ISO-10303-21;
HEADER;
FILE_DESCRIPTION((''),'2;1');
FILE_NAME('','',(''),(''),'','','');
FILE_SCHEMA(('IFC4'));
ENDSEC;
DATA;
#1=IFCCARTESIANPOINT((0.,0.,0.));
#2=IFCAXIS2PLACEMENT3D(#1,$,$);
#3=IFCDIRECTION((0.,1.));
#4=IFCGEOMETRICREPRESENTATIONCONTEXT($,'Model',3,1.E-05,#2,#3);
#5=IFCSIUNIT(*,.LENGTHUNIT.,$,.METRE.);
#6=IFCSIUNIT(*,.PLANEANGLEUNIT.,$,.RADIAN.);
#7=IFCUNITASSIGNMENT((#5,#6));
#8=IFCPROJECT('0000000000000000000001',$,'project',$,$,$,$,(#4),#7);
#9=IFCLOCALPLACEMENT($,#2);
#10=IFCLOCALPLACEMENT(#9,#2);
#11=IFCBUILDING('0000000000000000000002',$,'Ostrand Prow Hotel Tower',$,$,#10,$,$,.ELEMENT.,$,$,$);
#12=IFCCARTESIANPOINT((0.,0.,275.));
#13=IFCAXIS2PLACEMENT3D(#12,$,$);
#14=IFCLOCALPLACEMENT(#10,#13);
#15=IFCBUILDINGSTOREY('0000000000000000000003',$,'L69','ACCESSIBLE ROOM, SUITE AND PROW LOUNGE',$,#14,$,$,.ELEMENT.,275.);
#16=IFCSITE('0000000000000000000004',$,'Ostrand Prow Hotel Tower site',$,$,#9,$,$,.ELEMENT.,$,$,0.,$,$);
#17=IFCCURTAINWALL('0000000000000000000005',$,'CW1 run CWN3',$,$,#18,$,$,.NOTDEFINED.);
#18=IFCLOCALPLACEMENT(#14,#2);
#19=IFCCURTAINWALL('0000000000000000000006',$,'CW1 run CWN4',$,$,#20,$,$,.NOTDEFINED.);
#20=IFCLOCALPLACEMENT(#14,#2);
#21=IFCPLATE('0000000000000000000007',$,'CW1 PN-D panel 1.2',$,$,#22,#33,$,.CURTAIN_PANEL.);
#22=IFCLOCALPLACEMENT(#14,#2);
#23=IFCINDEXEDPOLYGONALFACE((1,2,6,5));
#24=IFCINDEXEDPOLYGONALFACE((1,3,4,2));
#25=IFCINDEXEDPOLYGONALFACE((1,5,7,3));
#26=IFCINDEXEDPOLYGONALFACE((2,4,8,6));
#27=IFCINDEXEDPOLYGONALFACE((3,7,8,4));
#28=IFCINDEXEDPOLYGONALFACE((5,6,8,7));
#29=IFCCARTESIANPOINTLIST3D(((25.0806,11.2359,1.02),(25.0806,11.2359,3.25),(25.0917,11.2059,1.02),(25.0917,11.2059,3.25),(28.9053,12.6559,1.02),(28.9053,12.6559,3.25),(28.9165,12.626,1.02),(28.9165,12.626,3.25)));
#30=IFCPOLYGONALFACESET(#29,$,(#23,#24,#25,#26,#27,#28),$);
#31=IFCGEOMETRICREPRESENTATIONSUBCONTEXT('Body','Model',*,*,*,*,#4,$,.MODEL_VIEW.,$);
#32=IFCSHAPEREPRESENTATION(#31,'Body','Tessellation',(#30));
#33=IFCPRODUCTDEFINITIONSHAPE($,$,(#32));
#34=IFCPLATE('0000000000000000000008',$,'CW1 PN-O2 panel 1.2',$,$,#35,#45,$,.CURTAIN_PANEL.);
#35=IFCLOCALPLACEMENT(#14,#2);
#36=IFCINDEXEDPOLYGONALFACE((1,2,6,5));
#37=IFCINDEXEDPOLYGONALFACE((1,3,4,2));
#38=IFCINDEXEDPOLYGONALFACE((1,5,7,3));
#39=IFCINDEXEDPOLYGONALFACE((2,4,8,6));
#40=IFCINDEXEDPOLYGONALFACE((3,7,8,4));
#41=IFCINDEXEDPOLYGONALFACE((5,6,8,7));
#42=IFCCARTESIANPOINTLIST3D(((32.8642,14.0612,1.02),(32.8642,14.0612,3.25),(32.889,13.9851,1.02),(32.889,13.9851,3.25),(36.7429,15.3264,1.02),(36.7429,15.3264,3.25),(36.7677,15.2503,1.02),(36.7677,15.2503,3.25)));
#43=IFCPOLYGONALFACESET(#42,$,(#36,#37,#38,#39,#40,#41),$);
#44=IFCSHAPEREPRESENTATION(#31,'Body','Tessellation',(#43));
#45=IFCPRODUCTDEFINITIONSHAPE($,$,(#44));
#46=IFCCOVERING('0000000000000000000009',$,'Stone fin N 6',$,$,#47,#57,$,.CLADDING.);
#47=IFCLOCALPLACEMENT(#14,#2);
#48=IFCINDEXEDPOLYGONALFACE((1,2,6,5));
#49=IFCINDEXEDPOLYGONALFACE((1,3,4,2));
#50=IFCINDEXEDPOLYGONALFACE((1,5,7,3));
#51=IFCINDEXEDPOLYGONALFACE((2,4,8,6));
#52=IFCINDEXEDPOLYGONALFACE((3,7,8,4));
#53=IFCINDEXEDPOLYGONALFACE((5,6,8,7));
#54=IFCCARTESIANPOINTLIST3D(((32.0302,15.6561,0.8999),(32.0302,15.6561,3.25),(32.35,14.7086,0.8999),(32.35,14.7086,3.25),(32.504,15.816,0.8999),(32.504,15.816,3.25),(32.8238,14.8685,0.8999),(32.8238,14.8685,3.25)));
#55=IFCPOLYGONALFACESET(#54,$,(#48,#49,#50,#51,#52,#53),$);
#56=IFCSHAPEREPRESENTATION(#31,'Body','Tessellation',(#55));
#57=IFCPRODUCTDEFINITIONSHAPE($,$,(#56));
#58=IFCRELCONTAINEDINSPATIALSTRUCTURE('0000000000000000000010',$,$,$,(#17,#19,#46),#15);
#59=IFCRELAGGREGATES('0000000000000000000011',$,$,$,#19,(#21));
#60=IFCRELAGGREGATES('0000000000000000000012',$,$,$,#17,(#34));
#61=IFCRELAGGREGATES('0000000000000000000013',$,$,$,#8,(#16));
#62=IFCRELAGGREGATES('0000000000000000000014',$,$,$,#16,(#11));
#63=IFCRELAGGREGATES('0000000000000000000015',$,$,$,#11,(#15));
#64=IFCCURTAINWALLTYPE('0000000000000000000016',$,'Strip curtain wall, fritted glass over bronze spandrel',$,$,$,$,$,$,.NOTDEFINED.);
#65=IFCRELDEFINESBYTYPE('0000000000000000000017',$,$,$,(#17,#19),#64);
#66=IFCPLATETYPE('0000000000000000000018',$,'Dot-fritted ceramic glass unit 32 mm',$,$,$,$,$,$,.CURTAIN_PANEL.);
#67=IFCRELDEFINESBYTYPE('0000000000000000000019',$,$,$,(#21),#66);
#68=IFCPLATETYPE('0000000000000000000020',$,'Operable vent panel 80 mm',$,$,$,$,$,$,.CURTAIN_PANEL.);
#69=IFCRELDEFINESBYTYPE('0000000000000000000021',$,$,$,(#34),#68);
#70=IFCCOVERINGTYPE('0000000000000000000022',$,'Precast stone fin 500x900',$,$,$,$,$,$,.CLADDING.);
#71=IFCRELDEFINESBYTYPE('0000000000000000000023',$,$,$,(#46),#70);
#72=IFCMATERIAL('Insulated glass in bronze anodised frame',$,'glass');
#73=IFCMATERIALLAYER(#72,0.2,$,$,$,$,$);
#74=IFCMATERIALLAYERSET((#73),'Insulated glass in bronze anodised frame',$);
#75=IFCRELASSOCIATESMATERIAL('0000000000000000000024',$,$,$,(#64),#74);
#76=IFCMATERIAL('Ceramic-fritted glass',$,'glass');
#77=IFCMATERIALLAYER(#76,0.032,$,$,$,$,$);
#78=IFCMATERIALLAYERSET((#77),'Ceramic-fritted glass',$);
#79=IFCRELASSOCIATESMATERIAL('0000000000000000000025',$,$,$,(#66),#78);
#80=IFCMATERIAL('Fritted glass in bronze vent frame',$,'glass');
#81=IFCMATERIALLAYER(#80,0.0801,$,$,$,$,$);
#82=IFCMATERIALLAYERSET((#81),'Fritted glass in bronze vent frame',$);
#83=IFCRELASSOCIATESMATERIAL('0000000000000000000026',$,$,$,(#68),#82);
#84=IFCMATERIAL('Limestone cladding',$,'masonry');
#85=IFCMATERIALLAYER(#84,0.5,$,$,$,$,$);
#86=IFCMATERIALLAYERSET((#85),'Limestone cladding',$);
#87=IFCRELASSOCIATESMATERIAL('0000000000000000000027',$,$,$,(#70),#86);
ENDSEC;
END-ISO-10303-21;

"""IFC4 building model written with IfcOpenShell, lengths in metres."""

from ifc_helpers import new_model, si_unit, direction, frame, frame_2d, origin, origin_2d, place, context, subcontext, project, spatial, rectangle, extrude, material, layer, layer_set, type_object, element, aggregate, save


model = new_model("IFC4")

# Units and contexts
model_context = context("Model", 3, precision=1e-05, world=origin(), true_north=direction((0.0, 1.0)))
body_context = subcontext(model_context, "Body", "Model", "MODEL_VIEW")
ifc_project = project(units=[si_unit("LENGTHUNIT", "METRE"), si_unit("PLANEANGLEUNIT", "RADIAN")], contexts=[model_context])

# Site, building, storey
site_placement = place(None, origin())
site = spatial("IfcSite", under=ifc_project, at=site_placement, Name="Ostrand Prow Hotel Tower site", CompositionType="ELEMENT", RefElevation=0.0)
building_placement = place(site_placement, origin())
building = spatial("IfcBuilding", under=site, at=building_placement, Name="Ostrand Prow Hotel Tower", CompositionType="ELEMENT")
storey_placement = place(building_placement, frame((0.0, 0.0, 275.0)))
storey = spatial("IfcBuildingStorey", under=building, at=storey_placement, Name="L69", Description="ACCESSIBLE ROOM, SUITE AND PROW LOUNGE", CompositionType="ELEMENT", Elevation=275.0)

# Curtain wall
ifc_material_1 = material(Name="Insulated glass in bronze anodised frame", Category="glass")
ifc_layer_1 = layer(ifc_material_1, 0.2)
ifc_layer_set_1 = layer_set([ifc_layer_1], Name="Insulated glass in bronze anodised frame")
curtain_wall_type = type_object("IfcCurtainWallType", Name="Strip curtain wall, fritted glass over bronze spandrel", PredefinedType="NOTDEFINED", material=ifc_layer_set_1)
curtain_wall_1_placement = place(storey_placement, origin())
curtain_wall_1 = element("IfcCurtainWall", 1, at=curtain_wall_1_placement, inside=storey, type_object=curtain_wall_type, Name="CW1 run CWN3", PredefinedType="NOTDEFINED")

# Curtain wall
curtain_wall_2_placement = place(storey_placement, origin())
curtain_wall_2 = element("IfcCurtainWall", 2, at=curtain_wall_2_placement, inside=storey, type_object=curtain_wall_type, Name="CW1 run CWN4", PredefinedType="NOTDEFINED")

# Plates
ifc_material_2 = material(Name="Ceramic-fritted glass", Category="glass")
ifc_layer_2 = layer(ifc_material_2, 0.032)
ifc_layer_set_2 = layer_set([ifc_layer_2], Name="Ceramic-fritted glass")
plate_type_1 = type_object("IfcPlateType", Name="Dot-fritted ceramic glass unit 32 mm", PredefinedType="CURTAIN_PANEL", material=ifc_layer_set_2)
plate_1_placement = place(storey_placement, frame((26.9985, 11.9309, 1.02), z_axis=(0.0, 0.0, 1.0), x_axis=(-0.937468, -0.348071, 0.0)))
plate_1 = element("IfcPlate", 3, at=plate_1_placement, type_object=plate_type_1, Name="CW1 PN-D panel 1.2", PredefinedType="CURTAIN_PANEL", context=body_context, shape_type="SweptSolid", body=[
    extrude(rectangle(XDim=4.0798, YDim=0.032, at=origin_2d()), origin(), (0.0, 0.0, 1.0), 2.23),
])
aggregate(curtain_wall_2, [plate_1])
ifc_material_3 = material(Name="Fritted glass in bronze vent frame", Category="glass")
ifc_layer_3 = layer(ifc_material_3, 0.0801)
ifc_layer_set_3 = layer_set([ifc_layer_3], Name="Fritted glass in bronze vent frame")
plate_type_2 = type_object("IfcPlateType", Name="Operable vent panel 80 mm", PredefinedType="CURTAIN_PANEL", material=ifc_layer_set_3)
plate_2_placement = place(storey_placement, frame((34.8159, 14.6558, 1.02), z_axis=(0.0, 0.0, 1.0), x_axis=(-0.9507, -0.310111, 0.0)))
plate_2 = element("IfcPlate", 4, at=plate_2_placement, type_object=plate_type_2, Name="CW1 PN-O2 panel 1.2", PredefinedType="CURTAIN_PANEL", context=body_context, shape_type="SweptSolid", body=[
    extrude(rectangle(XDim=4.0798, YDim=0.0801, at=origin_2d()), origin(), (0.0, 0.0, 1.0), 2.23),
])
aggregate(curtain_wall_1, [plate_2])

# Covering
ifc_material_4 = material(Name="Limestone cladding", Category="masonry")
ifc_layer_4 = layer(ifc_material_4, 0.5)
ifc_layer_set_4 = layer_set([ifc_layer_4], Name="Limestone cladding")
covering_type = type_object("IfcCoveringType", Name="Precast stone fin 500x900", PredefinedType="CLADDING", material=ifc_layer_set_4)
covering_placement = place(storey_placement, frame((32.5869, 14.7886, 0.8999), z_axis=(0.0, 0.0, 1.0), x_axis=(-0.319814, 0.94748, 0.0)))
element("IfcCovering", 5, at=covering_placement, inside=storey, type_object=covering_type, Name="Stone fin N 6", PredefinedType="CLADDING", context=body_context, shape_type="SweptSolid", body=[
    extrude(rectangle(XDim=1.0, YDim=0.5, at=frame_2d((0.5, 0.0))), origin(), (0.0, 0.0, 1.0), 2.3501),
])

save(model, "model.ifc")
